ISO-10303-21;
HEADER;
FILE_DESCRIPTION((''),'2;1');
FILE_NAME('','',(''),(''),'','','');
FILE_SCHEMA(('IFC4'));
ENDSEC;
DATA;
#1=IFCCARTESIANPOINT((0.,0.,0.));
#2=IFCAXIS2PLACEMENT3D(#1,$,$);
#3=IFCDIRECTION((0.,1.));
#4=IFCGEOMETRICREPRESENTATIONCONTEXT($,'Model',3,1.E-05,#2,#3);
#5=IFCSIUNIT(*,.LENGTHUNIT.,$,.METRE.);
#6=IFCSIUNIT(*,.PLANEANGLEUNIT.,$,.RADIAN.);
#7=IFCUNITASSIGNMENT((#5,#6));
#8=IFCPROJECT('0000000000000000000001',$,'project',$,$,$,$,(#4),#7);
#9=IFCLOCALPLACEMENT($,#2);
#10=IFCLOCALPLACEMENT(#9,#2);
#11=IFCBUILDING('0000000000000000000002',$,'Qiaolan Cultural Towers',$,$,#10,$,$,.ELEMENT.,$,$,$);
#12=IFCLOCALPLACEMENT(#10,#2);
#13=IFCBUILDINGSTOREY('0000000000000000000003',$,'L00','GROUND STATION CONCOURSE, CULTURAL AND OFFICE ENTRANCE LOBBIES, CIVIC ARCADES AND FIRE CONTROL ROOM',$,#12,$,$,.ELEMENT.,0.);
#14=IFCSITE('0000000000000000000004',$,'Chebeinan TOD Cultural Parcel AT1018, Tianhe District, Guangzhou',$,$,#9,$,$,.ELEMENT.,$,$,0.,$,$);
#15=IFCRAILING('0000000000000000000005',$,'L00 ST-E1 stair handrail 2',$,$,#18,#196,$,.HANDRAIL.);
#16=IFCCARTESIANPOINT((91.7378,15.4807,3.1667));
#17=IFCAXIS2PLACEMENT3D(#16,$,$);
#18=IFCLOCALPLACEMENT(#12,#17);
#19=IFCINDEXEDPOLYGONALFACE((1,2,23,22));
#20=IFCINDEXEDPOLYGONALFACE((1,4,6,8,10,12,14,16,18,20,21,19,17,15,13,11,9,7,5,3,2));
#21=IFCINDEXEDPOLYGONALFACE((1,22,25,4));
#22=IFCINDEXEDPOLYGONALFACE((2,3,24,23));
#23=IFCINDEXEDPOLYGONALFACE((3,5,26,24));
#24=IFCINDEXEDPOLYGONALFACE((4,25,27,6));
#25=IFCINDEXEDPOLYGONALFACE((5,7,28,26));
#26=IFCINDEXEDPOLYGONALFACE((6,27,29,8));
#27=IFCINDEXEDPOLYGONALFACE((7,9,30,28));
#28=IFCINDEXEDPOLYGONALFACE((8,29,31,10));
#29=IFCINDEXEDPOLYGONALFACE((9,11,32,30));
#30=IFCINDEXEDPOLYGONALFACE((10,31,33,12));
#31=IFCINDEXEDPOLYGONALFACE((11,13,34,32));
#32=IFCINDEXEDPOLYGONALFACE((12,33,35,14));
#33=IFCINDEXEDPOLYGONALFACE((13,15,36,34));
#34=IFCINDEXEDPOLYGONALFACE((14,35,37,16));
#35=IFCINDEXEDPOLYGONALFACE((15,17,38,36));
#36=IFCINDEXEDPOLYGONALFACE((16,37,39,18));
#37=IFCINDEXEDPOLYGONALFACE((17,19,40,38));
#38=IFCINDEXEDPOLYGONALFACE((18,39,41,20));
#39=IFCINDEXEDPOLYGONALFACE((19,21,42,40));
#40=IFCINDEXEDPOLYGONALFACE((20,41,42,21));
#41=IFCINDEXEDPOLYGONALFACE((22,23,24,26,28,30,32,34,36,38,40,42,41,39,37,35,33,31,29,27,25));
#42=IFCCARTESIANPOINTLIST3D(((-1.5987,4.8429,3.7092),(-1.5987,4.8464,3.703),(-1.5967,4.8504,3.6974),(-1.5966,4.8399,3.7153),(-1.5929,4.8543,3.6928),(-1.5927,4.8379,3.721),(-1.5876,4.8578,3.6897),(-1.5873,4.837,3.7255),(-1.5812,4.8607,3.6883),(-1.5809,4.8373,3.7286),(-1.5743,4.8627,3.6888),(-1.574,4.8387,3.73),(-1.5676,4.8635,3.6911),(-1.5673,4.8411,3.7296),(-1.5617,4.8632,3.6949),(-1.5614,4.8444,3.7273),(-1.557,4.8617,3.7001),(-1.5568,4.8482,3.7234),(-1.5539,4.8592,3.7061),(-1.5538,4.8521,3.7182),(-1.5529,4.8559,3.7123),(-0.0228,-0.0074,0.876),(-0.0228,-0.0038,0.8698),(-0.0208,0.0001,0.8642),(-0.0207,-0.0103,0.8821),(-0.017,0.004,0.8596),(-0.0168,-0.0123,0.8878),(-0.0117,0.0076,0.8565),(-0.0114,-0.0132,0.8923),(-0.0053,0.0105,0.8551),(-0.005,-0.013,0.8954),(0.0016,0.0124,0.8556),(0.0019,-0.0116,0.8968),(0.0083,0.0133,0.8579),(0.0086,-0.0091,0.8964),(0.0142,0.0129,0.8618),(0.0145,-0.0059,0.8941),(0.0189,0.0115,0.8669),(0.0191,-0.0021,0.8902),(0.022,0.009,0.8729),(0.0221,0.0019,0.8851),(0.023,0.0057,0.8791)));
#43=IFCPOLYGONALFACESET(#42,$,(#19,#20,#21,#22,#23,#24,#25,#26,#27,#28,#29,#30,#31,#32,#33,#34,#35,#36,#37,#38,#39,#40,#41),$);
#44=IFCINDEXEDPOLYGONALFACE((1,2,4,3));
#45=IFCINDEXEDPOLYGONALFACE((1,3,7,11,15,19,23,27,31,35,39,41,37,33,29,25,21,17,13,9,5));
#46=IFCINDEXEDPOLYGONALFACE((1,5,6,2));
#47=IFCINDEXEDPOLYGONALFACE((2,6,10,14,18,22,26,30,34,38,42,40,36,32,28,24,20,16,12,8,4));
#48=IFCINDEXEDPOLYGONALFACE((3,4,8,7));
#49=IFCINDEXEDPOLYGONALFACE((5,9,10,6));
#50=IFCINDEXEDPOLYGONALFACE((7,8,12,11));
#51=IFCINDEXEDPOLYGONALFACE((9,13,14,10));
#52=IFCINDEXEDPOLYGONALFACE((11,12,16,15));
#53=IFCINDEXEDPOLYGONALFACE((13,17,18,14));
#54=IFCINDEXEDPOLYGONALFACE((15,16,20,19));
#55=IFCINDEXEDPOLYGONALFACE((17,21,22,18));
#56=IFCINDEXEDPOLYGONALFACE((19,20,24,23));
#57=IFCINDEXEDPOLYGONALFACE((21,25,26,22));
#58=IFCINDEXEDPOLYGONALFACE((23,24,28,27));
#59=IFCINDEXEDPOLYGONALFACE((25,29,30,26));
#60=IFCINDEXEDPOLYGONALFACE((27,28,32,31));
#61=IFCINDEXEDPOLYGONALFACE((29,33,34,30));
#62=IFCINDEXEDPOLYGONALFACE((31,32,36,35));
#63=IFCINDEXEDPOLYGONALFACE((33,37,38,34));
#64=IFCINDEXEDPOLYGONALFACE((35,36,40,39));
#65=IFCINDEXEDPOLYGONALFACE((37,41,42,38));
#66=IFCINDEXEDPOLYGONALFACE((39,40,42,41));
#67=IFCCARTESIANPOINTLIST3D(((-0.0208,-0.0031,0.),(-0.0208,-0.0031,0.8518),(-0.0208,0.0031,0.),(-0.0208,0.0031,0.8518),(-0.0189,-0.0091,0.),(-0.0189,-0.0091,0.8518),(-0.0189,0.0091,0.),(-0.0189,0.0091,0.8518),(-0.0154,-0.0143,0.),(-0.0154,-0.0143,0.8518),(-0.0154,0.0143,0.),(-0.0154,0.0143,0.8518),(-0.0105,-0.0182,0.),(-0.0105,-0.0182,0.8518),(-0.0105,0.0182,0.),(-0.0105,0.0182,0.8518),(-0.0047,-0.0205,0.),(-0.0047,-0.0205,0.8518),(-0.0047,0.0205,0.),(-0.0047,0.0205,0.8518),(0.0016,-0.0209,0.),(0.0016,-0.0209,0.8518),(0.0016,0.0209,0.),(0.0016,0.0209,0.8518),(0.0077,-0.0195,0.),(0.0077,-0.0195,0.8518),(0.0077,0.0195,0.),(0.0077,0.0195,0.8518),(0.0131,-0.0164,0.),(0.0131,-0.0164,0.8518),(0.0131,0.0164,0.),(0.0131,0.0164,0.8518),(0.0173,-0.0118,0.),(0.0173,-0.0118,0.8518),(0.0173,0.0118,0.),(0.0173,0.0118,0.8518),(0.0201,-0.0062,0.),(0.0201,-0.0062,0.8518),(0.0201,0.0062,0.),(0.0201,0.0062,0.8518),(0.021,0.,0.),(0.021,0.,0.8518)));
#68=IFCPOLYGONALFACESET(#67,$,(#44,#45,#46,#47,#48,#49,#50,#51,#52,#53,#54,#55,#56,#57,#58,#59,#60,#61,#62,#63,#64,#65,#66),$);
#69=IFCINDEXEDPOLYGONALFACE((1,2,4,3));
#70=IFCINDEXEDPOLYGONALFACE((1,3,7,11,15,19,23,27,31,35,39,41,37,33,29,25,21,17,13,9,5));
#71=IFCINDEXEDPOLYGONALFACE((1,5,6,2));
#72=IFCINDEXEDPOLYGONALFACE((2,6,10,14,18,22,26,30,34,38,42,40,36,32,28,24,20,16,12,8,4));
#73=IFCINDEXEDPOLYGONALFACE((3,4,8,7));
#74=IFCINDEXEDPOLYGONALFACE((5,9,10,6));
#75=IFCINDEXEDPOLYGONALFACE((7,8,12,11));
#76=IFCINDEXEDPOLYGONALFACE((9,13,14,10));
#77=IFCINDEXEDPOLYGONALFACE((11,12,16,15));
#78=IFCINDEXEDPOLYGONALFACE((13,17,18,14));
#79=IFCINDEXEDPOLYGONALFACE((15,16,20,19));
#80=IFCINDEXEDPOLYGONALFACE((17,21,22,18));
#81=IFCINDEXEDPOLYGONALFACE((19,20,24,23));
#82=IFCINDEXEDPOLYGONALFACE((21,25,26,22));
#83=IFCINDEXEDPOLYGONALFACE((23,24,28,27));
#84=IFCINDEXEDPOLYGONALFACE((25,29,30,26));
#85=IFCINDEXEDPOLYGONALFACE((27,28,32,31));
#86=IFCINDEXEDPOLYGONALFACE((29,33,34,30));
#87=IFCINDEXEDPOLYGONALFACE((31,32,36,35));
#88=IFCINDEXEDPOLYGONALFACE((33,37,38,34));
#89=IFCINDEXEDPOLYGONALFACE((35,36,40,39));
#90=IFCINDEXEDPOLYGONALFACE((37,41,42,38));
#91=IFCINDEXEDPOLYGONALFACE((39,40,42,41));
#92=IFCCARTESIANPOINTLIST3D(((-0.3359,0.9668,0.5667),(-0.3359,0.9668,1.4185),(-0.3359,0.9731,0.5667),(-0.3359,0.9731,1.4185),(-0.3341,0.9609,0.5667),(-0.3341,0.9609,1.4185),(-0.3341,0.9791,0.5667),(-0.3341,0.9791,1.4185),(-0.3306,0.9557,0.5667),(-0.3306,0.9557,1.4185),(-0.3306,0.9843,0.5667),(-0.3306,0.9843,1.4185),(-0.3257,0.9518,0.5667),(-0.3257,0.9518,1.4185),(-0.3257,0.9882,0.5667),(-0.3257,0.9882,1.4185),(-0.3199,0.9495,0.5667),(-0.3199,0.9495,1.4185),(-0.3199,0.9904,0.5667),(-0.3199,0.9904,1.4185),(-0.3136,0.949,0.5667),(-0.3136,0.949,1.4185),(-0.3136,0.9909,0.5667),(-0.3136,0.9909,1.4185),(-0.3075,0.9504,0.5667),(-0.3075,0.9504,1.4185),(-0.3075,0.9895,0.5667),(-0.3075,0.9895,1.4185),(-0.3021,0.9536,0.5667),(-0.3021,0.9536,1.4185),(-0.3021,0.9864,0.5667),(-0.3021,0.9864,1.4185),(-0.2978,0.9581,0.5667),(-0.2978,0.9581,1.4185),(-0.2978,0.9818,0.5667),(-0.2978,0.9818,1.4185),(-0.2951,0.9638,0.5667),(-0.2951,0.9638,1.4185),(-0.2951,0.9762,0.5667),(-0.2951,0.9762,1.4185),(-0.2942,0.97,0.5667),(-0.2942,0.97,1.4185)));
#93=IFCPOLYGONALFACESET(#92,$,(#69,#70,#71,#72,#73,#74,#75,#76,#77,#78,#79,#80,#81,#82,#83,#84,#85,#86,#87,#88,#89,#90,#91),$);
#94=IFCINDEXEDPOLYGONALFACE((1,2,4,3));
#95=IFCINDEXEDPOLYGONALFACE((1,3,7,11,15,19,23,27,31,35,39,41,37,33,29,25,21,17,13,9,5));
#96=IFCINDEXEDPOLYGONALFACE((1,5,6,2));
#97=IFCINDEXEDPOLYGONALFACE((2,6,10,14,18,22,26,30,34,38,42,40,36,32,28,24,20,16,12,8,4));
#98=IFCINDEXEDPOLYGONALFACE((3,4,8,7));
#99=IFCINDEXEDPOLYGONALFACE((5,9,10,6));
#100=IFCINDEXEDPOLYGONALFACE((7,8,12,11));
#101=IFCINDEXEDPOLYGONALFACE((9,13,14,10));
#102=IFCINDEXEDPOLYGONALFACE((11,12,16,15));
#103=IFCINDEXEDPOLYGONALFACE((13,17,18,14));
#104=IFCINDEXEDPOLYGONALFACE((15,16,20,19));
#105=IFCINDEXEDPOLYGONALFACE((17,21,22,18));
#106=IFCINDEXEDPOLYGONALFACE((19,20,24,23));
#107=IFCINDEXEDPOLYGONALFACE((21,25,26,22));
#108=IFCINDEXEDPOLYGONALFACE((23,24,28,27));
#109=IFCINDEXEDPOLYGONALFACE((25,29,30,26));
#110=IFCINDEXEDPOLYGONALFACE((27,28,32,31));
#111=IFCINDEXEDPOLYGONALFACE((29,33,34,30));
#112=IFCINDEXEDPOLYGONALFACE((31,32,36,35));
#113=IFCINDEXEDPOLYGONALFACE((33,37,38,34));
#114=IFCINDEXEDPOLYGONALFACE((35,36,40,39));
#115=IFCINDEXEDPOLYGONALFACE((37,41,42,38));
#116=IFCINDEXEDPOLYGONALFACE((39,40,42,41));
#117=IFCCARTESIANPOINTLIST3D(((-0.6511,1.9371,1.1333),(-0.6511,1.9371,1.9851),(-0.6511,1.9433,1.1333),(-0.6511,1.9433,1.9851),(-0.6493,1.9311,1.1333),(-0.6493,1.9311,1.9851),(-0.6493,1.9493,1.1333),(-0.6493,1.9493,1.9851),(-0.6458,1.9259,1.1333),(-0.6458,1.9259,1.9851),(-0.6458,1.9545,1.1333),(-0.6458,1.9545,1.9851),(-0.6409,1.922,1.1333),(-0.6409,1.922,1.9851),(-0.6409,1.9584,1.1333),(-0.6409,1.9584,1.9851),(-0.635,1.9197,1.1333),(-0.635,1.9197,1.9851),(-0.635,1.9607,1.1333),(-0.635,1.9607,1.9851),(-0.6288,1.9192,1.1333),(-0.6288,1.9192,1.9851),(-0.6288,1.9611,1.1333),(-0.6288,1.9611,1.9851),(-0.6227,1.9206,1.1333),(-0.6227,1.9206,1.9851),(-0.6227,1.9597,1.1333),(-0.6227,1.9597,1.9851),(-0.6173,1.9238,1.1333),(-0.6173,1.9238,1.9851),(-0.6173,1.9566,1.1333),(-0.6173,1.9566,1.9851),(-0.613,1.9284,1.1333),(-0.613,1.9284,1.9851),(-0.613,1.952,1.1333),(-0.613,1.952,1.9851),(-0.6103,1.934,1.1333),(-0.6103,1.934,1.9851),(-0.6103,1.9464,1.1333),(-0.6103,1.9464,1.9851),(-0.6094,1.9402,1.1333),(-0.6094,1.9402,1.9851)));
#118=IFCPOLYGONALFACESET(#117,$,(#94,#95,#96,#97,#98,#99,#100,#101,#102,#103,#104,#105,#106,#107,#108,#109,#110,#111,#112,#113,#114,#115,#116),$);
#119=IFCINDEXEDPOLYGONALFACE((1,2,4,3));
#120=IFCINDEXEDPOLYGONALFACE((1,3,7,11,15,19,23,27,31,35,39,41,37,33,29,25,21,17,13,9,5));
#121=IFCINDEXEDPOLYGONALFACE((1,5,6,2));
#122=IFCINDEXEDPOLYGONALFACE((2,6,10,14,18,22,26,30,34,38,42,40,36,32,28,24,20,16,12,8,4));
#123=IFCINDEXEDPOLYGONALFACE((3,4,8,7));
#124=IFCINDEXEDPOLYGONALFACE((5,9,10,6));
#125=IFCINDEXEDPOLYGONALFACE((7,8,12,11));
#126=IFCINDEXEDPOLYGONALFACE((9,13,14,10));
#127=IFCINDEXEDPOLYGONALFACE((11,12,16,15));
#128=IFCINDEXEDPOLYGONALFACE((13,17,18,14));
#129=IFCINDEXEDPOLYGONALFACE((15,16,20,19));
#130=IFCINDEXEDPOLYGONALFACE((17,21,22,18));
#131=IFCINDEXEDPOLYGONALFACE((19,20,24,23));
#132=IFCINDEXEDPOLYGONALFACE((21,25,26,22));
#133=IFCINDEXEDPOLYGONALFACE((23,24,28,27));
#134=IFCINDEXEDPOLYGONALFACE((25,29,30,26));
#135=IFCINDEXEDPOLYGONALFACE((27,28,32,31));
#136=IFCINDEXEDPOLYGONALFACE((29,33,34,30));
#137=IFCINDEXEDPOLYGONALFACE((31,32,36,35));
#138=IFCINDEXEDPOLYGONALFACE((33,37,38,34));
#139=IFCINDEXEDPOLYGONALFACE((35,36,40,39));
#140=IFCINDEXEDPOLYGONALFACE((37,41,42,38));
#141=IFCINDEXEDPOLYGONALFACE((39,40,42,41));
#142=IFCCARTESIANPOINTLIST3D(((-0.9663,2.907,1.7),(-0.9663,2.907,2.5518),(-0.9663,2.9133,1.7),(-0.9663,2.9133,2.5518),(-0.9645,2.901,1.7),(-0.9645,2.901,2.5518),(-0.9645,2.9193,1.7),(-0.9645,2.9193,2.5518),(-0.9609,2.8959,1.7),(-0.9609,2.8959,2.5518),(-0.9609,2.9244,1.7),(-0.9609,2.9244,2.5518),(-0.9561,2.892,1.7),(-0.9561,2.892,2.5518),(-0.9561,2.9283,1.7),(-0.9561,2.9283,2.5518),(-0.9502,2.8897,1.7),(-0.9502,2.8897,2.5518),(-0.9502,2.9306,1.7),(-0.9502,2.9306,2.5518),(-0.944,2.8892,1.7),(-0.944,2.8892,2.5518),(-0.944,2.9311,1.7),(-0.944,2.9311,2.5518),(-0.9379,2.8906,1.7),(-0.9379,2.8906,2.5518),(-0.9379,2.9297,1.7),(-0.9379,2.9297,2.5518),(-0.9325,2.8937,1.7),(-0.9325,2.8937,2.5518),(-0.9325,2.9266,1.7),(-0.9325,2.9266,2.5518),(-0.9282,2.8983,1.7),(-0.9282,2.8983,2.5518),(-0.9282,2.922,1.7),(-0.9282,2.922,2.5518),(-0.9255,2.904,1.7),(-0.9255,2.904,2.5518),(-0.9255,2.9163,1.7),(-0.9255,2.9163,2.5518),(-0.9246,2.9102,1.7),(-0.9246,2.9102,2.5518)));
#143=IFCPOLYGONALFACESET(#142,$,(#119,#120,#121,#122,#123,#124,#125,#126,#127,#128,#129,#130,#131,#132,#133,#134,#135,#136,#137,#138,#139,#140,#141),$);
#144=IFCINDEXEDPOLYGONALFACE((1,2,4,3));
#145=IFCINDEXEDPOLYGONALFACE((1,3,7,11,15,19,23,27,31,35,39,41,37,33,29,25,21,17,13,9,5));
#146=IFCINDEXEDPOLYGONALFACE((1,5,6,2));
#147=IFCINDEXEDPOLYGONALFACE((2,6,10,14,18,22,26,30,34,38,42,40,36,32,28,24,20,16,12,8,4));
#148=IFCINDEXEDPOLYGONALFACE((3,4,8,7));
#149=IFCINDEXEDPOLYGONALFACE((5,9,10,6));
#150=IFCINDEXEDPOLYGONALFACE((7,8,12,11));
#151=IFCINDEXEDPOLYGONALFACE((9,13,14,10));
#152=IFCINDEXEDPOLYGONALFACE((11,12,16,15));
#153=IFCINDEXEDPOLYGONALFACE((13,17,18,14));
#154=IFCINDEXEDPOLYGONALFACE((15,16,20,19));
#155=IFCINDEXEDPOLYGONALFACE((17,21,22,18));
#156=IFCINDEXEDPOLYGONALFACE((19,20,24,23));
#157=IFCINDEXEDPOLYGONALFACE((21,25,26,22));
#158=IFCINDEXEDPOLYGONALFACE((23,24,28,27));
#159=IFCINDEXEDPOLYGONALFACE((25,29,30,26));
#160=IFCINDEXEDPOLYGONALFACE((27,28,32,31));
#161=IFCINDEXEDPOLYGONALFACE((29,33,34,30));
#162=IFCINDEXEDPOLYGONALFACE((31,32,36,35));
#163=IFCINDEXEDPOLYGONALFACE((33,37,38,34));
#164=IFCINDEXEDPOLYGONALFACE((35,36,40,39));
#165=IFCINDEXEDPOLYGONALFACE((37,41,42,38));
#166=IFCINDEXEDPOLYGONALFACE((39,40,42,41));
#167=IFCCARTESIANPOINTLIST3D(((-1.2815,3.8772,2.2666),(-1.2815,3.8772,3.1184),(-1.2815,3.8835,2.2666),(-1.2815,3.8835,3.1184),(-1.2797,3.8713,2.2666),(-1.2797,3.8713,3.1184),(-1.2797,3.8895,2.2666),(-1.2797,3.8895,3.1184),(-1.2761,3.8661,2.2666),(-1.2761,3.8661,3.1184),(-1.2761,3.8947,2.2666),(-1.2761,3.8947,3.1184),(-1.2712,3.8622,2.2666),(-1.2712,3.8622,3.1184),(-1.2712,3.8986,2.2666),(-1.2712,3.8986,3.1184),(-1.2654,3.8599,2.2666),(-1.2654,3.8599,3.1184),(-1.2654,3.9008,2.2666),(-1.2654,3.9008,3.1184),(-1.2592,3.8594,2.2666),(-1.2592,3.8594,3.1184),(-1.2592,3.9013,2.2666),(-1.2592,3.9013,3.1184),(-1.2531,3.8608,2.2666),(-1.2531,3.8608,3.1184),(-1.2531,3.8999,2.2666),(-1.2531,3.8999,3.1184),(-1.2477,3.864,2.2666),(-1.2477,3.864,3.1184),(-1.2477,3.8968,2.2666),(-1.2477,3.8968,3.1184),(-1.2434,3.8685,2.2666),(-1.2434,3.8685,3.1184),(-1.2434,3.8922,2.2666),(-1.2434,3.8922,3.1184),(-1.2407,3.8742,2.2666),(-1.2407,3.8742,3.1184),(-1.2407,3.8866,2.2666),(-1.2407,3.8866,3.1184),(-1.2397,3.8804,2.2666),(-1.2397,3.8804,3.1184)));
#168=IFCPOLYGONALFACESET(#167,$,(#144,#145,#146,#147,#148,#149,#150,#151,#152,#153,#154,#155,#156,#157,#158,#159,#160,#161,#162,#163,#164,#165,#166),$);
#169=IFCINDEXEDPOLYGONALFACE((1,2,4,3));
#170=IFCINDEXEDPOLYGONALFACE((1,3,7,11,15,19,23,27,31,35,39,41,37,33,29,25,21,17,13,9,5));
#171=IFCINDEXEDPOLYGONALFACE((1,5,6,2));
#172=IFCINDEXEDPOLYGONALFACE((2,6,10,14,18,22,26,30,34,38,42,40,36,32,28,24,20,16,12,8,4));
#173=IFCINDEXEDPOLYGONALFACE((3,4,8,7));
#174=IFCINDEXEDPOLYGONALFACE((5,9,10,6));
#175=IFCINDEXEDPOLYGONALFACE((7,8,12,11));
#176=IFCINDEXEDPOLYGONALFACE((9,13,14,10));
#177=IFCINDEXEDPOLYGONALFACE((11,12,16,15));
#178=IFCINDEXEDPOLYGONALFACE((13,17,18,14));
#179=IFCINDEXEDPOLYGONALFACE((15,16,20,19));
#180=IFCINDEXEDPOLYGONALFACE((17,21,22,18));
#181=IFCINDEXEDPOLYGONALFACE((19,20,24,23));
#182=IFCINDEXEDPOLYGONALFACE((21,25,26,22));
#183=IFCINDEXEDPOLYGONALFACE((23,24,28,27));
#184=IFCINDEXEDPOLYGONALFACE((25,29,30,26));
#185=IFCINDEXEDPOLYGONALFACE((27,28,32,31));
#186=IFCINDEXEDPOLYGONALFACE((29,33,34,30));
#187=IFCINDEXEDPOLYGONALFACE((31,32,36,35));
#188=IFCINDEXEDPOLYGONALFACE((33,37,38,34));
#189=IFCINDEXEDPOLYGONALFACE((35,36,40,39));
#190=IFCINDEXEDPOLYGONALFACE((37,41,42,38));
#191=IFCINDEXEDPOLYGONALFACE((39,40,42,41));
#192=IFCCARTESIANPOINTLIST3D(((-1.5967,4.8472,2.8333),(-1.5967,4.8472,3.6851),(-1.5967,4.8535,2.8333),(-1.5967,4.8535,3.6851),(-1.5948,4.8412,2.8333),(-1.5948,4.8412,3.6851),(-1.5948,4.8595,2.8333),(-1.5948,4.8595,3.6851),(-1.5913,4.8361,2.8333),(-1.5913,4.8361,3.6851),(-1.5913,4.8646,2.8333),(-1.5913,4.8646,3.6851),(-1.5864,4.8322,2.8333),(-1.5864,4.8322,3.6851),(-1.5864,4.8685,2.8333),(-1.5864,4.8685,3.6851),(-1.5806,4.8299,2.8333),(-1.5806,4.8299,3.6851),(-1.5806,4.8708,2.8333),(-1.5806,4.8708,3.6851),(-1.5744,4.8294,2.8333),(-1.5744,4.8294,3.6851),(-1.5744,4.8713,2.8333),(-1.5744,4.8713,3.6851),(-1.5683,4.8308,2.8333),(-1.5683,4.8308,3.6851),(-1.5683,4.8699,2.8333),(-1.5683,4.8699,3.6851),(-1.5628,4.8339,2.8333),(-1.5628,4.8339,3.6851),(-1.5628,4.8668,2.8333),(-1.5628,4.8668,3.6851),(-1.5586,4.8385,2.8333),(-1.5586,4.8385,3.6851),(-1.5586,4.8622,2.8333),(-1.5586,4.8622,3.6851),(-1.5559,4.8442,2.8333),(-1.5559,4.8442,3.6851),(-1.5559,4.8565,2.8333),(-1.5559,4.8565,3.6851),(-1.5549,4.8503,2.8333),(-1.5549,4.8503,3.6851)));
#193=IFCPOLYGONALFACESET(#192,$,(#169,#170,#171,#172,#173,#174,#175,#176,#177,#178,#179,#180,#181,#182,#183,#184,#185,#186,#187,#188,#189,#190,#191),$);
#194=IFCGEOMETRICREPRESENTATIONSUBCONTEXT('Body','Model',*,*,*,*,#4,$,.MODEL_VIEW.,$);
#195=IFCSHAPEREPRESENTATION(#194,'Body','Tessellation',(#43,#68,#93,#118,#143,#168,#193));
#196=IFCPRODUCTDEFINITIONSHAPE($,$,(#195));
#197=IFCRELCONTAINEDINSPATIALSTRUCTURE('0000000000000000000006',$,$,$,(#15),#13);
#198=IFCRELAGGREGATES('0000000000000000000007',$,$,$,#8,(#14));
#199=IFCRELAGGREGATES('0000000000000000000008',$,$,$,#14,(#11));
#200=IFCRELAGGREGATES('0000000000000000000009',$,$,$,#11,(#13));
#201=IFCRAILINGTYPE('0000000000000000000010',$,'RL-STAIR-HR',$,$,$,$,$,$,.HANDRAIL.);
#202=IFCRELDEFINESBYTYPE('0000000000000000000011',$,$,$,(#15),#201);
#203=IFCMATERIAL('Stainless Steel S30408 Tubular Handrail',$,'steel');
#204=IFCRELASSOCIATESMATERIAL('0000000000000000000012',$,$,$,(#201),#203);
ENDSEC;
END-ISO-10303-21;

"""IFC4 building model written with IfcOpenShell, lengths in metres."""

from ifc_helpers import new_model, si_unit, direction, frame, origin, origin_2d, place, context, subcontext, project, spatial, circle, extrude, material, type_object, element, save


model = new_model("IFC4")

# Units and contexts
model_context = context("Model", 3, precision=1e-05, world=origin(), true_north=direction((0.0, 1.0)))
body_context = subcontext(model_context, "Body", "Model", "MODEL_VIEW")
ifc_project = project(units=[si_unit("LENGTHUNIT", "METRE"), si_unit("PLANEANGLEUNIT", "RADIAN")], contexts=[model_context])

# Site, building, storey
site_placement = place(None, origin())
site = spatial("IfcSite", under=ifc_project, at=site_placement, Name="Chebeinan TOD Cultural Parcel AT1018, Tianhe District, Guangzhou", CompositionType="ELEMENT", RefElevation=0.0)
building_placement = place(site_placement, origin())
building = spatial("IfcBuilding", under=site, at=building_placement, Name="Qiaolan Cultural Towers", CompositionType="ELEMENT")
storey_placement = place(building_placement, origin())
storey = spatial("IfcBuildingStorey", under=building, at=storey_placement, Name="L00", Description="GROUND STATION CONCOURSE, CULTURAL AND OFFICE ENTRANCE LOBBIES, CIVIC ARCADES AND FIRE CONTROL ROOM", CompositionType="ELEMENT", Elevation=0.0)

# Railing
ifc_material_1 = material(Name="Stainless Steel S30408 Tubular Handrail", Category="steel")
railing_type_1 = type_object("IfcRailingType", Name="RL-STAIR-HR", PredefinedType="HANDRAIL", material=ifc_material_1)
railing_1_placement = place(storey_placement, frame((91.7378, 15.4807, 3.1667)))
element("IfcRailing", 1, at=railing_1_placement, inside=storey, type_object=railing_type_1, Name="L00 ST-E1 stair handrail 2", PredefinedType="HANDRAIL", context=body_context, shape_type="SweptSolid", body=[
    extrude(circle(Radius=0.0239, at=origin_2d()), frame((0.0, 0.0, 0.876), z_axis=(-0.270124, 0.831378, 0.485637), x_axis=(-0.951059, -0.309009, 0.0)), (0.0, 0.0, 1.0), 5.834),
    extrude(circle(Radius=0.021, at=origin_2d()), origin(), (0.0, 0.0, 1.0), 0.8518),
    extrude(circle(Radius=0.021, at=origin_2d()), frame((-0.3152, 0.97, 0.5667)), (0.0, 0.0, 1.0), 0.8518),
    extrude(circle(Radius=0.021, at=origin_2d()), frame((-0.6304, 1.9402, 1.1333)), (0.0, 0.0, 1.0), 0.8518),
    extrude(circle(Radius=0.021, at=origin_2d()), frame((-0.9456, 2.9102, 1.7)), (0.0, 0.0, 1.0), 0.8518),
    extrude(circle(Radius=0.021, at=origin_2d()), frame((-1.2607, 3.8804, 2.2666)), (0.0, 0.0, 1.0), 0.8518),
    extrude(circle(Radius=0.021, at=origin_2d()), frame((-1.5759, 4.8503, 2.8333)), (0.0, 0.0, 1.0), 0.8518),
])

save(model, "model.ifc")
